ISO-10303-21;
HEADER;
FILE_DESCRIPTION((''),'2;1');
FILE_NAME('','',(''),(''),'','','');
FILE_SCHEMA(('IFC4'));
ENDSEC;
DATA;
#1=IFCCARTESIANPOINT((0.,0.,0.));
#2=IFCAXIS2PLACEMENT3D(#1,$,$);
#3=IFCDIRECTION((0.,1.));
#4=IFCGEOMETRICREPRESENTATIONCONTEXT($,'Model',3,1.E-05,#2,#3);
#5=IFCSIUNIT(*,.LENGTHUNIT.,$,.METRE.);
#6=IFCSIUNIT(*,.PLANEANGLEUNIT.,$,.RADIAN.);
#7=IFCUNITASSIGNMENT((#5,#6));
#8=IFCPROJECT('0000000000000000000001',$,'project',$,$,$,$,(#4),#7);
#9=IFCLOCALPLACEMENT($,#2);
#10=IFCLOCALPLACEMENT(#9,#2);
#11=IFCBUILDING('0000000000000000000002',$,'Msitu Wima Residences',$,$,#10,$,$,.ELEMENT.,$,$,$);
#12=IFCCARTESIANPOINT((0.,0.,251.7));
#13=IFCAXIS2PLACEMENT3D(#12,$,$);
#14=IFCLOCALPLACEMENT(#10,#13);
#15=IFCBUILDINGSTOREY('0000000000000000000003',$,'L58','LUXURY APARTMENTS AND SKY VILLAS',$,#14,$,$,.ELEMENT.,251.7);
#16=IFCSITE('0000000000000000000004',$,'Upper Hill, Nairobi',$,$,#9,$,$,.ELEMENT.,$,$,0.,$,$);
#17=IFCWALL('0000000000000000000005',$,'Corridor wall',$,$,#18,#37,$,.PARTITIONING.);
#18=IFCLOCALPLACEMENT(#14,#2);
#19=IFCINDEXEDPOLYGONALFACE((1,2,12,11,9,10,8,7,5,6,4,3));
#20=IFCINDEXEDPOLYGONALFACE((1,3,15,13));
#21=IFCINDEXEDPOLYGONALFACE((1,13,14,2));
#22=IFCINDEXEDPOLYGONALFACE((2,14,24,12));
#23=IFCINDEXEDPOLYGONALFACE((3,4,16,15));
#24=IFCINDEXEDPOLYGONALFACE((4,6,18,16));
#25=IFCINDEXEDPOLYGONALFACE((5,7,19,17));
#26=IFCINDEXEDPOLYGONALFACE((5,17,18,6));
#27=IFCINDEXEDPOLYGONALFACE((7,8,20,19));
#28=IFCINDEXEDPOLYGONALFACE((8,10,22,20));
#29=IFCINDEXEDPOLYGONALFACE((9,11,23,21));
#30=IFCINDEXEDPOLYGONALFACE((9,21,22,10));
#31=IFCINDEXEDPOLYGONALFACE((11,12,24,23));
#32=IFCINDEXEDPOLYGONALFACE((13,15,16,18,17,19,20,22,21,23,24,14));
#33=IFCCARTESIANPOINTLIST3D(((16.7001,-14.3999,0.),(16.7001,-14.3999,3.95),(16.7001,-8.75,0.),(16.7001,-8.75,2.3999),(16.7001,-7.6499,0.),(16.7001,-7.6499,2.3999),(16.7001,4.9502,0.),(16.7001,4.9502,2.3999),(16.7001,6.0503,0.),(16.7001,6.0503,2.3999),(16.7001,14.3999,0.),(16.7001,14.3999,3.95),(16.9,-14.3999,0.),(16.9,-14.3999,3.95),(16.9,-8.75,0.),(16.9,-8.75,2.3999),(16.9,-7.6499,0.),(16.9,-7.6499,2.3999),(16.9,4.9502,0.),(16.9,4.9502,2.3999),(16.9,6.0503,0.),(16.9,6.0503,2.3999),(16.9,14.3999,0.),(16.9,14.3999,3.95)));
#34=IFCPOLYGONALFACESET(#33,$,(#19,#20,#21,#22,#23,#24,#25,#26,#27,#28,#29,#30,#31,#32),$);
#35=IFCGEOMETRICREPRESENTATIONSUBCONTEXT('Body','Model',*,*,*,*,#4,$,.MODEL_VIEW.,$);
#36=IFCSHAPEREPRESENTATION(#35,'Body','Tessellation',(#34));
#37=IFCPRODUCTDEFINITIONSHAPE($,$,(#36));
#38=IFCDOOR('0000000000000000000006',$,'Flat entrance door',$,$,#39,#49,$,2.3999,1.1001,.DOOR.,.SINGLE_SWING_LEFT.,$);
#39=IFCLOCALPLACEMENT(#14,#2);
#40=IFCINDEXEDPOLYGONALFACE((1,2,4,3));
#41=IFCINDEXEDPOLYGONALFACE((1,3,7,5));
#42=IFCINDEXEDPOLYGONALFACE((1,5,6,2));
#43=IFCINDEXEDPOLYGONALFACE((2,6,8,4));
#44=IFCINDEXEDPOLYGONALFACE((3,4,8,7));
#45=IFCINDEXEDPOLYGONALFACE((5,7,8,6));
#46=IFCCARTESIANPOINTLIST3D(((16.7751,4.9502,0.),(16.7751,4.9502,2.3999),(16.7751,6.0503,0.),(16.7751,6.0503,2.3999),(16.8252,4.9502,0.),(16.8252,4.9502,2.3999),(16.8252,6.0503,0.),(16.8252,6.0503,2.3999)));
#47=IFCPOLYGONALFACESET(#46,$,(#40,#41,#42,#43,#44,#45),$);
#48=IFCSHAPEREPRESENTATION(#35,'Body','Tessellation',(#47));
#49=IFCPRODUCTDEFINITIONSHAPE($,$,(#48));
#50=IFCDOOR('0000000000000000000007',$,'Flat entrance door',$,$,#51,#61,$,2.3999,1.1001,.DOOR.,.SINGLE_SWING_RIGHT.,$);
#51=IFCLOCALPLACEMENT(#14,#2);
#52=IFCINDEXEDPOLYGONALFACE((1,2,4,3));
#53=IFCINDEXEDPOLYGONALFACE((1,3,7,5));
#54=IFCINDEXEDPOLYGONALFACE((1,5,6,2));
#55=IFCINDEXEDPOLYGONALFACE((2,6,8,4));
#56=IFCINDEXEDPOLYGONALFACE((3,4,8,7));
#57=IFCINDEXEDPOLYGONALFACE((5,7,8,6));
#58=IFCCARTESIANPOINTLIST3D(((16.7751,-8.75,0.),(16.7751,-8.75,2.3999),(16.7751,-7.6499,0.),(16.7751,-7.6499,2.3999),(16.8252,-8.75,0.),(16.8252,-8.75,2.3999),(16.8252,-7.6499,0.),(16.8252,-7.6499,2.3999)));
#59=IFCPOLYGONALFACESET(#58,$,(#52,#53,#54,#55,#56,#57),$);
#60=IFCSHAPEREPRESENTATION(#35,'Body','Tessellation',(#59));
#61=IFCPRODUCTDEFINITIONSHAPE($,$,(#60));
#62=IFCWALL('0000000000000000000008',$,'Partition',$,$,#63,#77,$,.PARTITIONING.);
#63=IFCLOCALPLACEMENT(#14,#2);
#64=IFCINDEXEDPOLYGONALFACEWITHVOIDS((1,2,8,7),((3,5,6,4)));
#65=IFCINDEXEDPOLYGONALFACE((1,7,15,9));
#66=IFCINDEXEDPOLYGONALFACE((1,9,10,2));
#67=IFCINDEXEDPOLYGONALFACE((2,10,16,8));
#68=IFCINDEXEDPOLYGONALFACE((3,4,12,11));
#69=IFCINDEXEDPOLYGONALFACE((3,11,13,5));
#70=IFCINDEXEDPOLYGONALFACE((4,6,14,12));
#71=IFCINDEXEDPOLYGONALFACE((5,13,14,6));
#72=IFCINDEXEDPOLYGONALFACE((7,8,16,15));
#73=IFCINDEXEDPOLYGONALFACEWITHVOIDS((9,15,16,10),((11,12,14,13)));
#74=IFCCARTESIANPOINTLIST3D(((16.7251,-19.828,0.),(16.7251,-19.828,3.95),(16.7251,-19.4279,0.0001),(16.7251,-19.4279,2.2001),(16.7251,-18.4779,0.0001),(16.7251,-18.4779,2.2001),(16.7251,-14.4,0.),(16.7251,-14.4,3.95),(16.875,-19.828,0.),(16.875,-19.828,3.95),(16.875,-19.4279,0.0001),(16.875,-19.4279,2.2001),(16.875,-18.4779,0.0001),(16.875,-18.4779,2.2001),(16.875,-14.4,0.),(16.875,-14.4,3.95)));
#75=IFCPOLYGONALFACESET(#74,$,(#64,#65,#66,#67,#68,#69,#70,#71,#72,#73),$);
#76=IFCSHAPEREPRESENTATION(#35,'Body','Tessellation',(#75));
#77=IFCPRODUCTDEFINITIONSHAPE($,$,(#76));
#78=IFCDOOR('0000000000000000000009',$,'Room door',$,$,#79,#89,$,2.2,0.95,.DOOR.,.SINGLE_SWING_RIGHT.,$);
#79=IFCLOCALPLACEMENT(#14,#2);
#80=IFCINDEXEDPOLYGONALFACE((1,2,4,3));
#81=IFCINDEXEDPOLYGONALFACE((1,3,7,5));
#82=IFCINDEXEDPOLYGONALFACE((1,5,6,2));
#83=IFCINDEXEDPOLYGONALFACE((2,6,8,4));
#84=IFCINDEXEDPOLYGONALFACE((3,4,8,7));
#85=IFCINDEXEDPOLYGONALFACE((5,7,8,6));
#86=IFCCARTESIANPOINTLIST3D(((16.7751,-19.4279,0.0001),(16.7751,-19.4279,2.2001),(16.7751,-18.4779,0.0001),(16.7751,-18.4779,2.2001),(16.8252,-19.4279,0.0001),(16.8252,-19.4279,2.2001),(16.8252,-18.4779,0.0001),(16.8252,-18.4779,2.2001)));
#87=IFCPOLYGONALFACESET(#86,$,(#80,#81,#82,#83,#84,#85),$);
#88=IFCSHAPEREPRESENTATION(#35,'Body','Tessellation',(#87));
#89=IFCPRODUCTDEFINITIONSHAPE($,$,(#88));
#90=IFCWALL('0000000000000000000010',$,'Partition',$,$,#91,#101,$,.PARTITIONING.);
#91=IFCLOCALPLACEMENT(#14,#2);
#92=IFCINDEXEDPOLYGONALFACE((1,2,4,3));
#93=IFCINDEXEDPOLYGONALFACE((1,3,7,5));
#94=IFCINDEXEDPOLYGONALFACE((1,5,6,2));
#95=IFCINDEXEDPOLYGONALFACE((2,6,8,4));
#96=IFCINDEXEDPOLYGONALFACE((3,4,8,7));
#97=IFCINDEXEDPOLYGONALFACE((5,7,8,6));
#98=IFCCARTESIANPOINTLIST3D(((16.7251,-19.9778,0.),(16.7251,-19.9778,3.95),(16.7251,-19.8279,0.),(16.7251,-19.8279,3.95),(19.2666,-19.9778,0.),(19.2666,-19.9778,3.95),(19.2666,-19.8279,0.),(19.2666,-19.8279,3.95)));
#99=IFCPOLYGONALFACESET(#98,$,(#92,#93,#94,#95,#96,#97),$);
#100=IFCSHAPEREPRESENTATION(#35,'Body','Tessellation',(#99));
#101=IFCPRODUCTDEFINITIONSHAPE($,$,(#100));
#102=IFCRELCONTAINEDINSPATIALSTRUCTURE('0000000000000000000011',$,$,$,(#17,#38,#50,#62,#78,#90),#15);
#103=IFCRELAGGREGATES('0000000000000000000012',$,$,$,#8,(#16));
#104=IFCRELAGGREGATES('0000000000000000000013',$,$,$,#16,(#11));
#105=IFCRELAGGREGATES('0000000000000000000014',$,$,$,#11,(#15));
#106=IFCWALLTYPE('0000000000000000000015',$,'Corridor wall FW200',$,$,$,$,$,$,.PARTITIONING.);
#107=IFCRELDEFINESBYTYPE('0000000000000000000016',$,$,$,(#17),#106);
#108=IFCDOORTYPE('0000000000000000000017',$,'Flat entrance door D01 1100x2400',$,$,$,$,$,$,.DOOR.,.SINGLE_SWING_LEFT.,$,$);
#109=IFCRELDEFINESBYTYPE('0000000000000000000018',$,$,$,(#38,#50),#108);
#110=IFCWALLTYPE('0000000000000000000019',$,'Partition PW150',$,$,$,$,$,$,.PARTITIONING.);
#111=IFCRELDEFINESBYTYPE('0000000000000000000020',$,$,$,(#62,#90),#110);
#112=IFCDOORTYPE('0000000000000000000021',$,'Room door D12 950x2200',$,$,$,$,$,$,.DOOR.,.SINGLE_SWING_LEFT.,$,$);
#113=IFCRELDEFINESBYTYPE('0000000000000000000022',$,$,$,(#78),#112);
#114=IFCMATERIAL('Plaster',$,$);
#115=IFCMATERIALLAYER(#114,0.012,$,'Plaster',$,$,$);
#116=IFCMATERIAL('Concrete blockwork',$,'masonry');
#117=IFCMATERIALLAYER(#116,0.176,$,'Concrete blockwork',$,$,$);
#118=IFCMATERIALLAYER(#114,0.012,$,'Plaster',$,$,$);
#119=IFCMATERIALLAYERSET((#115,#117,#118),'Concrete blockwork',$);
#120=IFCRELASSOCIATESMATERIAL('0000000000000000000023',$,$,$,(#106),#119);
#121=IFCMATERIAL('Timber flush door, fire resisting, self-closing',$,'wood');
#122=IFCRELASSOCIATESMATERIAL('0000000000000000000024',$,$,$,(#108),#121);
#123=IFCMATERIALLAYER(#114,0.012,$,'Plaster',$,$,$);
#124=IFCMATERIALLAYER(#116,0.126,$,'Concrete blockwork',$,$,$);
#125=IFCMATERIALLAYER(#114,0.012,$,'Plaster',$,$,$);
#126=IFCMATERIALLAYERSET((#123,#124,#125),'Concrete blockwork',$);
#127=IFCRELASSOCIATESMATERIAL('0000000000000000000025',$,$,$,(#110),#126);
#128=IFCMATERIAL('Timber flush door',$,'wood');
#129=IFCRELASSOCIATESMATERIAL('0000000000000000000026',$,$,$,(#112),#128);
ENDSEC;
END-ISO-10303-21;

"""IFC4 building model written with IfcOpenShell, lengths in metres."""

from ifc_helpers import new_model, si_unit, direction, frame, frame_2d, origin, place, context, subcontext, project, spatial, rectangle, extrude, material, layer, layer_set, type_object, element, fill, save


model = new_model("IFC4")

# Units and contexts
model_context = context("Model", 3, precision=1e-05, world=origin(), true_north=direction((0.0, 1.0)))
body_context = subcontext(model_context, "Body", "Model", "MODEL_VIEW")
ifc_project = project(units=[si_unit("LENGTHUNIT", "METRE"), si_unit("PLANEANGLEUNIT", "RADIAN")], contexts=[model_context])

# Site, building, storey
site_placement = place(None, origin())
site = spatial("IfcSite", under=ifc_project, at=site_placement, Name="Upper Hill, Nairobi", CompositionType="ELEMENT", RefElevation=0.0)
building_placement = place(site_placement, origin())
building = spatial("IfcBuilding", under=site, at=building_placement, Name="Msitu Wima Residences", CompositionType="ELEMENT")
storey_placement = place(building_placement, frame((0.0, 0.0, 251.7)))
storey = spatial("IfcBuildingStorey", under=building, at=storey_placement, Name="L58", Description="LUXURY APARTMENTS AND SKY VILLAS", CompositionType="ELEMENT", Elevation=251.7)

# Shared definitions
ifc_material_1 = material(Name="Plaster")
ifc_layer_1 = layer(ifc_material_1, 0.012, Name="Plaster")
ifc_material_2 = material(Name="Concrete blockwork", Category="masonry")
ifc_layer_2 = layer(ifc_material_2, 0.176, Name="Concrete blockwork")
ifc_layer_3 = layer(ifc_material_1, 0.012, Name="Plaster")
ifc_layer_set_1 = layer_set([ifc_layer_1, ifc_layer_2, ifc_layer_3], Name="Concrete blockwork")
wall_type_1 = type_object("IfcWallType", Name="Corridor wall FW200", PredefinedType="PARTITIONING", material=ifc_layer_set_1)

# Wall, openings, doors
wall_1_placement = place(storey_placement, frame((16.8, -14.3999, 0.0), z_axis=(0.0, 0.0, 1.0), x_axis=(0.0, 1.0, 0.0)))
wall_1 = element("IfcWall", 1, at=wall_1_placement, inside=storey, type_object=wall_type_1, Name="Corridor wall", PredefinedType="PARTITIONING", context=body_context, shape_type="SweptSolid", body=[
    extrude(rectangle(XDim=28.7998, YDim=0.2, at=frame_2d((14.3999, 0.0))), origin(), (0.0, 0.0, 1.0), 3.95),
])
opening_1_placement = place(wall_1_placement, frame((19.3501, 0.0, 0.0)))
opening_1 = element("IfcOpeningElement", 2, at=opening_1_placement, cuts=wall_1, PredefinedType="OPENING", context=body_context, shape_type="SweptSolid", body=[
    extrude(rectangle(XDim=1.1001, YDim=2.3999, at=frame_2d((0.55, 1.2))), frame((0.0, 0.1099, 0.0), z_axis=(0.0, -1.0, 0.0), x_axis=(1.0, 0.0, 0.0)), (0.0, 0.0, 1.0), 0.22),
])
opening_2_placement = place(wall_1_placement, frame((5.6499, 0.0, 0.0)))
opening_2 = element("IfcOpeningElement", 3, at=opening_2_placement, cuts=wall_1, PredefinedType="OPENING", context=body_context, shape_type="SweptSolid", body=[
    extrude(rectangle(XDim=1.1001, YDim=2.3999, at=frame_2d((0.55, 1.2))), frame((0.0, 0.1099, 0.0), z_axis=(0.0, -1.0, 0.0), x_axis=(1.0, 0.0, 0.0)), (0.0, 0.0, 1.0), 0.22),
])
ifc_material_3 = material(Name="Timber flush door, fire resisting, self-closing", Category="wood")
door_type_1 = type_object("IfcDoorType", Name="Flat entrance door D01 1100x2400", OperationType="SINGLE_SWING_LEFT", PredefinedType="DOOR", material=ifc_material_3)
door_1_placement = place(opening_1_placement, origin())
door_1 = element("IfcDoor", 4, at=door_1_placement, inside=storey, type_object=door_type_1, Name="Flat entrance door", OperationType="SINGLE_SWING_LEFT", OverallHeight=2.3999, OverallWidth=1.1001, PredefinedType="DOOR", context=body_context, shape_type="SweptSolid", body=[
    extrude(rectangle(XDim=1.1001, YDim=2.3999, at=frame_2d((0.55, 1.2))), frame((0.0, 0.0249, 0.0), z_axis=(0.0, -1.0, 0.0), x_axis=(1.0, 0.0, 0.0)), (0.0, 0.0, 1.0), 0.05),
])
fill(opening_1, door_1)
door_2_placement = place(opening_2_placement, origin())
door_2 = element("IfcDoor", 5, at=door_2_placement, inside=storey, type_object=door_type_1, Name="Flat entrance door", OperationType="SINGLE_SWING_RIGHT", OverallHeight=2.3999, OverallWidth=1.1001, PredefinedType="DOOR", context=body_context, shape_type="SweptSolid", body=[
    extrude(rectangle(XDim=1.1001, YDim=2.3999, at=frame_2d((0.55, 1.2))), frame((0.0, 0.0249, 0.0), z_axis=(0.0, -1.0, 0.0), x_axis=(1.0, 0.0, 0.0)), (0.0, 0.0, 1.0), 0.05),
])
fill(opening_2, door_2)

# Wall, opening, door
ifc_layer_4 = layer(ifc_material_1, 0.012, Name="Plaster")
ifc_layer_5 = layer(ifc_material_2, 0.126, Name="Concrete blockwork")
ifc_layer_6 = layer(ifc_material_1, 0.012, Name="Plaster")
ifc_layer_set_2 = layer_set([ifc_layer_4, ifc_layer_5, ifc_layer_6], Name="Concrete blockwork")
wall_type_2 = type_object("IfcWallType", Name="Partition PW150", PredefinedType="PARTITIONING", material=ifc_layer_set_2)
wall_2_placement = place(storey_placement, frame((16.8, -19.8279, 0.0), z_axis=(0.0, 0.0, 1.0), x_axis=(0.0, 1.0, 0.0)))
wall_2 = element("IfcWall", 6, at=wall_2_placement, inside=storey, type_object=wall_type_2, Name="Partition", PredefinedType="PARTITIONING", context=body_context, shape_type="SweptSolid", body=[
    extrude(rectangle(XDim=5.428, YDim=0.1499, at=frame_2d((2.7139, 0.0))), origin(), (0.0, 0.0, 1.0), 3.95),
])
opening_3_placement = place(wall_2_placement, frame((0.3999, 0.0, 0.0)))
opening_3 = element("IfcOpeningElement", 7, at=opening_3_placement, cuts=wall_2, PredefinedType="OPENING", context=body_context, shape_type="SweptSolid", body=[
    extrude(rectangle(XDim=0.95, YDim=2.2, at=frame_2d((0.4751, 1.1001))), frame((0.0, 0.085, 0.0), z_axis=(0.0, -1.0, 0.0), x_axis=(1.0, 0.0, 0.0)), (0.0, 0.0, 1.0), 0.1699),
])
ifc_material_4 = material(Name="Timber flush door", Category="wood")
door_type_2 = type_object("IfcDoorType", Name="Room door D12 950x2200", OperationType="SINGLE_SWING_LEFT", PredefinedType="DOOR", material=ifc_material_4)
door_3_placement = place(opening_3_placement, origin())
door_3 = element("IfcDoor", 8, at=door_3_placement, inside=storey, type_object=door_type_2, Name="Room door", OperationType="SINGLE_SWING_RIGHT", OverallHeight=2.2, OverallWidth=0.95, PredefinedType="DOOR", context=body_context, shape_type="SweptSolid", body=[
    extrude(rectangle(XDim=0.95, YDim=2.2, at=frame_2d((0.4751, 1.1001))), frame((0.0, 0.0249, 0.0), z_axis=(0.0, -1.0, 0.0), x_axis=(1.0, 0.0, 0.0)), (0.0, 0.0, 1.0), 0.05),
])
fill(opening_3, door_3)

# Wall
wall_3_placement = place(storey_placement, frame((16.7251, -19.9028, 0.0), z_axis=(0.0, 0.0, 1.0), x_axis=(1.0, 0.0, 0.0)))
element("IfcWall", 9, at=wall_3_placement, inside=storey, type_object=wall_type_2, Name="Partition", PredefinedType="PARTITIONING", context=body_context, shape_type="SweptSolid", body=[
    extrude(rectangle(XDim=2.5415, YDim=0.1499, at=frame_2d((1.2708, 0.0))), origin(), (0.0, 0.0, 1.0), 3.95),
])

save(model, "model.ifc")
